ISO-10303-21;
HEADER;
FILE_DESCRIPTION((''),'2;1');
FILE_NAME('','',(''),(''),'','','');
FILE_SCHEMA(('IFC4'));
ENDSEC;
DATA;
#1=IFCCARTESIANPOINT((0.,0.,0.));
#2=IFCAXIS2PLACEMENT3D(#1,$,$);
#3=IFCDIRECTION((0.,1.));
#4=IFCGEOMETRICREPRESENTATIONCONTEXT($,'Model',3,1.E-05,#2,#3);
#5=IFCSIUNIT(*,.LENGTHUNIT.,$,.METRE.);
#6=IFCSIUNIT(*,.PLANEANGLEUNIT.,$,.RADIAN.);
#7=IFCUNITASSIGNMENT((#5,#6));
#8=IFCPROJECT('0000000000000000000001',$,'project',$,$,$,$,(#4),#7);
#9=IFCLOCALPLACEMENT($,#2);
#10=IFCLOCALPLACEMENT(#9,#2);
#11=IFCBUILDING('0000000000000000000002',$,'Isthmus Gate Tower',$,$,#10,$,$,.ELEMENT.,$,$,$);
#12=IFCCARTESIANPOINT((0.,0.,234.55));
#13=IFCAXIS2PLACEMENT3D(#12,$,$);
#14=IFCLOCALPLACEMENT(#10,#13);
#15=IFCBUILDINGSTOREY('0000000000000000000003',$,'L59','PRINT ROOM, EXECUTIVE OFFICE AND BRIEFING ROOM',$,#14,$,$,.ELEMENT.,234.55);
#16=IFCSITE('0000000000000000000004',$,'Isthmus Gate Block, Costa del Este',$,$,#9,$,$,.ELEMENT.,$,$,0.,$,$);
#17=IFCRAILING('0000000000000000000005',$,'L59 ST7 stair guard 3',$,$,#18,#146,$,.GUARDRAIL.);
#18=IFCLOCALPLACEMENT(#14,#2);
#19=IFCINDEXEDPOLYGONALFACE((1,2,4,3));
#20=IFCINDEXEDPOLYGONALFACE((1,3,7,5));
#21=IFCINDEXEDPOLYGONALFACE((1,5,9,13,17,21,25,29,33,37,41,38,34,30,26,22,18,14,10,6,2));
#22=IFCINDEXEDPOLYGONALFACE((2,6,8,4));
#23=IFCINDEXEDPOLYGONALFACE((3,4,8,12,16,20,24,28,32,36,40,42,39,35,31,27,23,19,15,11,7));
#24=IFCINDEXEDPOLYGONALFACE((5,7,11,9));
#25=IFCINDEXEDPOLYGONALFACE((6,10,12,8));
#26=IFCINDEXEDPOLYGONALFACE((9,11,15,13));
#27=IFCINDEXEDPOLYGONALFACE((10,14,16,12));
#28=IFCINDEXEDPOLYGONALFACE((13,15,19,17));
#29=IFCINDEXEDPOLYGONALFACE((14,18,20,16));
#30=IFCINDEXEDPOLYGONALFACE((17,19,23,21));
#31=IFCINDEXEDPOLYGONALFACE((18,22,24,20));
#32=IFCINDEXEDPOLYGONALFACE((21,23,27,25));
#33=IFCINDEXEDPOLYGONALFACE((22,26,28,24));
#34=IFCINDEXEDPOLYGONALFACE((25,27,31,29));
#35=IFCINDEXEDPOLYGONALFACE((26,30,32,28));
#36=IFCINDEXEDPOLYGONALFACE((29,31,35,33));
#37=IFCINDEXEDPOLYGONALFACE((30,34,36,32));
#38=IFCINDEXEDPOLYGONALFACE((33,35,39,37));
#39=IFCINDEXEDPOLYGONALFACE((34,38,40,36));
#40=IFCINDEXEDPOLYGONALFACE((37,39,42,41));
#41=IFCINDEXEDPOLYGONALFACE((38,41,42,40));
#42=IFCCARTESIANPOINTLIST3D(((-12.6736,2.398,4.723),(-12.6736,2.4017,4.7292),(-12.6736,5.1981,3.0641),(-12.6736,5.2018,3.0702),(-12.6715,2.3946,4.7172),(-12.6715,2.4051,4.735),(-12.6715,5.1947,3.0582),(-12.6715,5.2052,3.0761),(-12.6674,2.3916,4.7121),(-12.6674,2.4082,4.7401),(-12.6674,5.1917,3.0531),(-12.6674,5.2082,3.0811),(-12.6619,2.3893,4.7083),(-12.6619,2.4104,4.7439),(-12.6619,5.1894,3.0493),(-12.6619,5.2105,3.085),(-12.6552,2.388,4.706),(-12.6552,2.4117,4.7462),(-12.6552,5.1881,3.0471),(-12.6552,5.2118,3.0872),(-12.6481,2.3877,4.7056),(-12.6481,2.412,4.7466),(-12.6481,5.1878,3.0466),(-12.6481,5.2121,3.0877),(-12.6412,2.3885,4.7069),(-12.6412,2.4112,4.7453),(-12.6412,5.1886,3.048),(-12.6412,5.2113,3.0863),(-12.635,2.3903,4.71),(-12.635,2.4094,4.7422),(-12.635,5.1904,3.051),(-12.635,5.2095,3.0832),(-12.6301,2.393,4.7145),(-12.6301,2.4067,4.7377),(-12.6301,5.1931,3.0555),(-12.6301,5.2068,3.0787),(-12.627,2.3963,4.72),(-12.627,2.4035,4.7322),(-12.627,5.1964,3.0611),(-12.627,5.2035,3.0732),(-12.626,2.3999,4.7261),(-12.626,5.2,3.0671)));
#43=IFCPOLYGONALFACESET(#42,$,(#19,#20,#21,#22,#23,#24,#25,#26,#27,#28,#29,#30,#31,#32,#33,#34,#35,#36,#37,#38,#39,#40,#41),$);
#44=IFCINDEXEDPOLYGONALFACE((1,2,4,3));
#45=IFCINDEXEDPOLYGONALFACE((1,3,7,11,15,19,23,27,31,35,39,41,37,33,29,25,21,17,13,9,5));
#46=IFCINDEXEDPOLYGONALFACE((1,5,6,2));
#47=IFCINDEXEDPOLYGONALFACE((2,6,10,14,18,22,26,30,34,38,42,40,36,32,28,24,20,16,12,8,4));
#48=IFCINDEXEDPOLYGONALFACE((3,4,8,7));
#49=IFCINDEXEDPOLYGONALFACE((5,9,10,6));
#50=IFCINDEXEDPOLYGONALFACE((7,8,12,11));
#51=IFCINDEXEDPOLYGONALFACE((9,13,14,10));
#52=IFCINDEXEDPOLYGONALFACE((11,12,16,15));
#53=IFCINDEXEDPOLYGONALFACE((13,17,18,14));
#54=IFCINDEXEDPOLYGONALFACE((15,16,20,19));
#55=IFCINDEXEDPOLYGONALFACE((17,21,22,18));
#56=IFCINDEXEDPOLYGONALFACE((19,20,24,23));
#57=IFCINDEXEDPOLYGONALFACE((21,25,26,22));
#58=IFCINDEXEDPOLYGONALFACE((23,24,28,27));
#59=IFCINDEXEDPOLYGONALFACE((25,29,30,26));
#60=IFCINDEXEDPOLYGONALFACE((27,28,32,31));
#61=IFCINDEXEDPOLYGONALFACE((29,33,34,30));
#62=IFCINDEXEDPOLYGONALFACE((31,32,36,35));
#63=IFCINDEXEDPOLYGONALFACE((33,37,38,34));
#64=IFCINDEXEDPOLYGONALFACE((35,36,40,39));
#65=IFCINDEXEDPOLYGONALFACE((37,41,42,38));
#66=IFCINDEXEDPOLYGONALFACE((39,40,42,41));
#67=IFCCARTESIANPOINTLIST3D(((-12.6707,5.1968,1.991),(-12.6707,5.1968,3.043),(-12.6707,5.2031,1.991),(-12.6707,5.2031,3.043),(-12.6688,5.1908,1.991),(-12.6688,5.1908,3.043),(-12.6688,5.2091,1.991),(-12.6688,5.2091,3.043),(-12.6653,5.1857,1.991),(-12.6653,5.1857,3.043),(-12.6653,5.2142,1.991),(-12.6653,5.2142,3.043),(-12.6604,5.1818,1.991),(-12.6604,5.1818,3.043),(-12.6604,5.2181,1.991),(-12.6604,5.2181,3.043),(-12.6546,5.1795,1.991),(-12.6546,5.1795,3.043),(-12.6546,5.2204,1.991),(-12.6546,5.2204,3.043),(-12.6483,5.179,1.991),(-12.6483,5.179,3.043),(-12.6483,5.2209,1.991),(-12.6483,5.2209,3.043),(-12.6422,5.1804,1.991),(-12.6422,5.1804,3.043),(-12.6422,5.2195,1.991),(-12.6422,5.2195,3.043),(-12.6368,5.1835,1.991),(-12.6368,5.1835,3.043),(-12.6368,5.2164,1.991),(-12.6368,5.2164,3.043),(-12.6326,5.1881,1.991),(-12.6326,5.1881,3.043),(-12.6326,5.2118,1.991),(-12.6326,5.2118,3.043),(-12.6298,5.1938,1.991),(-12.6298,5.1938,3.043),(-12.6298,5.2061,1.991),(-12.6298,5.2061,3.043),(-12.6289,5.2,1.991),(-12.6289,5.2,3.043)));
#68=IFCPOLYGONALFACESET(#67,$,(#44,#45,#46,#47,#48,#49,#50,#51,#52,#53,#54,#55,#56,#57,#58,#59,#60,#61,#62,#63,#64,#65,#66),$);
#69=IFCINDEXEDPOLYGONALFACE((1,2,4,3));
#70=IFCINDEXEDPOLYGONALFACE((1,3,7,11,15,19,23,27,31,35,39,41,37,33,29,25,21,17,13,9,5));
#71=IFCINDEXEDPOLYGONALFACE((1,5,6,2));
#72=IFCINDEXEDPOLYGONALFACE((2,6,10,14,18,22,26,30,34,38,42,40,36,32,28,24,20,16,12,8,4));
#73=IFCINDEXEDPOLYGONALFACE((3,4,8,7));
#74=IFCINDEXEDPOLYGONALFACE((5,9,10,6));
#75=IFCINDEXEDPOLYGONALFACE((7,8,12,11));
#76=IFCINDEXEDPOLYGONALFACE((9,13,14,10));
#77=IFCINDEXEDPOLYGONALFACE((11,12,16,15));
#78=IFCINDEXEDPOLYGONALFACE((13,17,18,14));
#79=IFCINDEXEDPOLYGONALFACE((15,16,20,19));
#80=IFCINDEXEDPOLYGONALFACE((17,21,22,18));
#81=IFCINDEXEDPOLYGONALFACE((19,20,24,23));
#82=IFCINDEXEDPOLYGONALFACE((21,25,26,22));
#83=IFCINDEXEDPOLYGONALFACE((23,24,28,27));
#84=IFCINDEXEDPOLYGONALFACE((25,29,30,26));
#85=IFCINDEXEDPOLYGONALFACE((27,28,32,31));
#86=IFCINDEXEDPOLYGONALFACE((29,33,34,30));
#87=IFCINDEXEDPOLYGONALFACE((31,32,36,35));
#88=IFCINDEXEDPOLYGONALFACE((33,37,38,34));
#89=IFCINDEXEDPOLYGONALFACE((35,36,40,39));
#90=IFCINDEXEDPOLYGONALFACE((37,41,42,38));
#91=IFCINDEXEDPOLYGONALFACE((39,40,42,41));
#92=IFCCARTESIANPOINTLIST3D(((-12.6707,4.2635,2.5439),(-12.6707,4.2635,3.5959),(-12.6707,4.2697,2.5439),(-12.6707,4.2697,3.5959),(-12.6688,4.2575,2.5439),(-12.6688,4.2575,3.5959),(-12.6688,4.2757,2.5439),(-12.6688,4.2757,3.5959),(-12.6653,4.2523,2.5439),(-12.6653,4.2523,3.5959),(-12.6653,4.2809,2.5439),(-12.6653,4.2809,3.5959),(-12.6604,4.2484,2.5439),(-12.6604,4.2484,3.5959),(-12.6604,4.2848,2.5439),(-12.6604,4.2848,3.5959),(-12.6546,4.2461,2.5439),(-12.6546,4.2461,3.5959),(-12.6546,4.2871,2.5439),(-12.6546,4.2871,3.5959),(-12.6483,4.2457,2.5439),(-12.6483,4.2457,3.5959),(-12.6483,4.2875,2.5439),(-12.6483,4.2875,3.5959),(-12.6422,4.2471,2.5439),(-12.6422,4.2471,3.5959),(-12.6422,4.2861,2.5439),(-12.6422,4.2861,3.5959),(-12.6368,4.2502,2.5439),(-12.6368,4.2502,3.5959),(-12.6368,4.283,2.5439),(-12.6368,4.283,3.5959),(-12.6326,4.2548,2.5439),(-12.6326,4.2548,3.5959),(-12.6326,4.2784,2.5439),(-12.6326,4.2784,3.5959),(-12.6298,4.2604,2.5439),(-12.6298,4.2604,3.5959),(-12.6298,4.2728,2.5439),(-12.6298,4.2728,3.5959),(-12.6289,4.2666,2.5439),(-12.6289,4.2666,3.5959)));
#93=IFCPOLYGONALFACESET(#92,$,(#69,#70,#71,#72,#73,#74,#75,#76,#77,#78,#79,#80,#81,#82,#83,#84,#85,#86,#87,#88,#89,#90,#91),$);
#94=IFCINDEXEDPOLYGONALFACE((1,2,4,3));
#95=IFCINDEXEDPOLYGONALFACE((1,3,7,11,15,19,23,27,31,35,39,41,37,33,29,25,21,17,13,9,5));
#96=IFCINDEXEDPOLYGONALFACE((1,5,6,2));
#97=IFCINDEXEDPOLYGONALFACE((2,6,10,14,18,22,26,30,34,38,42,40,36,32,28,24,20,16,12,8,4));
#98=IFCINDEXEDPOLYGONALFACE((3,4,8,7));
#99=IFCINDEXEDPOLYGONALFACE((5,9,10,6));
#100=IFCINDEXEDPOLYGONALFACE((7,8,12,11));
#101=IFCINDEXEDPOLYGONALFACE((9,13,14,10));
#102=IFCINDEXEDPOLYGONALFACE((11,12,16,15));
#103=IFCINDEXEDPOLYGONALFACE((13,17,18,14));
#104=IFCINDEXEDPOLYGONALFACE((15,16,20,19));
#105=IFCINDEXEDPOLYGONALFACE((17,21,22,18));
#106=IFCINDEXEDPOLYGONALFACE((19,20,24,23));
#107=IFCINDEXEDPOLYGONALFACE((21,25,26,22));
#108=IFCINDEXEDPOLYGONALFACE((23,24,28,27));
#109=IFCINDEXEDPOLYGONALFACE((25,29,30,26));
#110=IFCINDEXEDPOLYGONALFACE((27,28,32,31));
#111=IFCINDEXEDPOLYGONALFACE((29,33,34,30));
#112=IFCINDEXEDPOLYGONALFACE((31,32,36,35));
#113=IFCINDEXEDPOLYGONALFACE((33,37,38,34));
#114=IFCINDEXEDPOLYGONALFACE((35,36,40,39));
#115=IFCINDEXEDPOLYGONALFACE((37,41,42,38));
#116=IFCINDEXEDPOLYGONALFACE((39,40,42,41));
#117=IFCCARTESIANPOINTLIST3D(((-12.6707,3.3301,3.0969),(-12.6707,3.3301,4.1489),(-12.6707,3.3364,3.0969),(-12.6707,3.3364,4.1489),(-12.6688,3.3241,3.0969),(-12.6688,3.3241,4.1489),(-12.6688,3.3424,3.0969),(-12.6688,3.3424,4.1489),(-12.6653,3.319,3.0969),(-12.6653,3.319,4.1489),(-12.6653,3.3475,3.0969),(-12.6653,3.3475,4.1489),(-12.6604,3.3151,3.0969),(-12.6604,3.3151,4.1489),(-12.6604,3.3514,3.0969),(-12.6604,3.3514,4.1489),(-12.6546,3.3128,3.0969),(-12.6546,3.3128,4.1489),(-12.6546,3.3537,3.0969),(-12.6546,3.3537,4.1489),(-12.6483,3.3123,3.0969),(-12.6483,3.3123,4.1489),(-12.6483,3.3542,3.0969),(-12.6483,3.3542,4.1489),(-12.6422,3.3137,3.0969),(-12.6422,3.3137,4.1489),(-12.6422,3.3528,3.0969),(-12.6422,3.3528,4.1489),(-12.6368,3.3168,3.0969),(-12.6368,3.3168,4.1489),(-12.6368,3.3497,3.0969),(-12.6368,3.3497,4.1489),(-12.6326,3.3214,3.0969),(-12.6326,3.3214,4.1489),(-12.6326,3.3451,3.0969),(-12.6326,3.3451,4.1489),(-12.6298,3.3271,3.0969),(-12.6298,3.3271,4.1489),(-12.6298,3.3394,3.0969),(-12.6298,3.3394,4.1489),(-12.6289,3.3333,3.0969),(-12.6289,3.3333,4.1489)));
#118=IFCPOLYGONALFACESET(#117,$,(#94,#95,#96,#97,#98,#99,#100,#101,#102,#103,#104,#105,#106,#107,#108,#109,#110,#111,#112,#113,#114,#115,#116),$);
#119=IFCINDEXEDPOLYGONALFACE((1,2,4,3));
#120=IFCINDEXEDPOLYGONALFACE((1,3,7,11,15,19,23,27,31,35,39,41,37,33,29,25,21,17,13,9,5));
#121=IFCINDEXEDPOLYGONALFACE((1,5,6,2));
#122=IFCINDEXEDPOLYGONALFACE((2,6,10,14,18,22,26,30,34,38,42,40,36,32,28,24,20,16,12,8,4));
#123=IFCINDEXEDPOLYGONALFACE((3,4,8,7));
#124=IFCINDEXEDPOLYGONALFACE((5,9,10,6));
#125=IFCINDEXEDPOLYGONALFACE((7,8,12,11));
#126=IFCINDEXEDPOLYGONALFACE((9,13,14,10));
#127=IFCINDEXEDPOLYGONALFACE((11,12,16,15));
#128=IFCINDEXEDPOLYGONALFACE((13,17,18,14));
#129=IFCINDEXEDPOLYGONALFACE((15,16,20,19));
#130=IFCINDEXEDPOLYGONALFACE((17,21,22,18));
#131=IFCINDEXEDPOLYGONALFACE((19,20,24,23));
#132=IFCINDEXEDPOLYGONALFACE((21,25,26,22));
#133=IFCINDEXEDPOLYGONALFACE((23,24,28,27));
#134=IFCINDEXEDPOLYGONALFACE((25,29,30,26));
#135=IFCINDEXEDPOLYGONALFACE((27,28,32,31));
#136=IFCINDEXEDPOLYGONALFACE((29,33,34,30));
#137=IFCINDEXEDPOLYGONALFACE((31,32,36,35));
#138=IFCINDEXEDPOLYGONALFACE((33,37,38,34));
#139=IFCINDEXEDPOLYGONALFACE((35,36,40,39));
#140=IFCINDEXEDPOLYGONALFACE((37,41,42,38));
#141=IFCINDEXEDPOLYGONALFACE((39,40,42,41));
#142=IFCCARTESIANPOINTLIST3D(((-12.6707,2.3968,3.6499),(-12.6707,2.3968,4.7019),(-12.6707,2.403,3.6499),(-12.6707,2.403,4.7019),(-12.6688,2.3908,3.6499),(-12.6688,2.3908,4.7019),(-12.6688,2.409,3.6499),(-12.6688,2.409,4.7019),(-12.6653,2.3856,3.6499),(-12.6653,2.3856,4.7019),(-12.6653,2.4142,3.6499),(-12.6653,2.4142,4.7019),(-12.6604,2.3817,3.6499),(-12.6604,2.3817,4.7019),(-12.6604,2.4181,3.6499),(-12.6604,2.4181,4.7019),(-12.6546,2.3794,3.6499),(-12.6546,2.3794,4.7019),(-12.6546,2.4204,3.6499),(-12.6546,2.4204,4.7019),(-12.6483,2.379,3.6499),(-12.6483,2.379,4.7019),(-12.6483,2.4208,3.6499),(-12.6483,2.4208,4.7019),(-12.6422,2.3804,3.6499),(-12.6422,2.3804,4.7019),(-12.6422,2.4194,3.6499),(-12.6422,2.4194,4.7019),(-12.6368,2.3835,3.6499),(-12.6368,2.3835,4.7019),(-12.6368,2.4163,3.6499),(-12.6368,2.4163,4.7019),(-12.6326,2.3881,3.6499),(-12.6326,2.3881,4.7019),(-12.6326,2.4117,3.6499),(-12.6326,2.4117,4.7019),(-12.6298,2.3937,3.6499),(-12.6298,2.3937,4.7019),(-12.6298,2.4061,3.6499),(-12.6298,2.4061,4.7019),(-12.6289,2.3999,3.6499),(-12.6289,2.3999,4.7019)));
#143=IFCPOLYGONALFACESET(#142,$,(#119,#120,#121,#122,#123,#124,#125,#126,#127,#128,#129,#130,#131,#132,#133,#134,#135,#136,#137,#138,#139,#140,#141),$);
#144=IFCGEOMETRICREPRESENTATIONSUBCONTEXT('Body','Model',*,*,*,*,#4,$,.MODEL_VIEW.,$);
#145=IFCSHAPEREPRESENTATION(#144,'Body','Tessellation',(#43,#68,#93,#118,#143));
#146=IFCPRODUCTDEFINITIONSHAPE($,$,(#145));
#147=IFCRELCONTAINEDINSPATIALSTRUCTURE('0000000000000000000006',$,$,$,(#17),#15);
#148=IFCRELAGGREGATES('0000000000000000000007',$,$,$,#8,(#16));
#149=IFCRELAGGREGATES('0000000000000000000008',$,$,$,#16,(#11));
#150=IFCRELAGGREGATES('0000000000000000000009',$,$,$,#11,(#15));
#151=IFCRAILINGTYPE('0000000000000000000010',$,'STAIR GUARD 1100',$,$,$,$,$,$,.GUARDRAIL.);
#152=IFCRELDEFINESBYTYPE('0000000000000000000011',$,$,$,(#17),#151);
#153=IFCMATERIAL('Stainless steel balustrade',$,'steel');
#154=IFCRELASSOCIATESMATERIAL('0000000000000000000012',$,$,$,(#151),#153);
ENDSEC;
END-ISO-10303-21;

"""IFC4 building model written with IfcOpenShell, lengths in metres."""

from ifc_helpers import new_model, si_unit, direction, frame, origin, origin_2d, place, context, subcontext, project, spatial, circle, extrude, material, type_object, element, save


model = new_model("IFC4")

# Units and contexts
model_context = context("Model", 3, precision=1e-05, world=origin(), true_north=direction((0.0, 1.0)))
body_context = subcontext(model_context, "Body", "Model", "MODEL_VIEW")
ifc_project = project(units=[si_unit("LENGTHUNIT", "METRE"), si_unit("PLANEANGLEUNIT", "RADIAN")], contexts=[model_context])

# Site, building, storey
site_placement = place(None, origin())
site = spatial("IfcSite", under=ifc_project, at=site_placement, Name="Isthmus Gate Block, Costa del Este", CompositionType="ELEMENT", RefElevation=0.0)
building_placement = place(site_placement, origin())
building = spatial("IfcBuilding", under=site, at=building_placement, Name="Isthmus Gate Tower", CompositionType="ELEMENT")
storey_placement = place(building_placement, frame((0.0, 0.0, 234.55)))
storey = spatial("IfcBuildingStorey", under=building, at=storey_placement, Name="L59", Description="PRINT ROOM, EXECUTIVE OFFICE AND BRIEFING ROOM", CompositionType="ELEMENT", Elevation=234.55)

# Railing
ifc_material_1 = material(Name="Stainless steel balustrade", Category="steel")
railing_type_1 = type_object("IfcRailingType", Name="STAIR GUARD 1100", PredefinedType="GUARDRAIL", material=ifc_material_1)
railing_1_placement = place(storey_placement, frame((-12.6499, 5.2, 1.991)))
element("IfcRailing", 1, at=railing_1_placement, inside=storey, type_object=railing_type_1, Name="L59 ST7 stair guard 3", PredefinedType="GUARDRAIL", context=body_context, shape_type="SweptSolid", body=[
    extrude(circle(Radius=0.0239, at=origin_2d()), frame((0.0, 0.0, 1.0762), z_axis=(0.0, -0.860339, 0.509722), x_axis=(1.0, 0.0, 0.0)), (0.0, 0.0, 1.0), 3.2546),
    extrude(circle(Radius=0.021, at=origin_2d()), origin(), (0.0, 0.0, 1.0), 1.052),
    extrude(circle(Radius=0.021, at=origin_2d()), frame((0.0, -0.9333, 0.553)), (0.0, 0.0, 1.0), 1.052),
    extrude(circle(Radius=0.021, at=origin_2d()), frame((0.0, -1.8667, 1.106)), (0.0, 0.0, 1.0), 1.052),
    extrude(circle(Radius=0.021, at=origin_2d()), frame((0.0, -2.8, 1.6589)), (0.0, 0.0, 1.0), 1.052),
])

save(model, "model.ifc")
